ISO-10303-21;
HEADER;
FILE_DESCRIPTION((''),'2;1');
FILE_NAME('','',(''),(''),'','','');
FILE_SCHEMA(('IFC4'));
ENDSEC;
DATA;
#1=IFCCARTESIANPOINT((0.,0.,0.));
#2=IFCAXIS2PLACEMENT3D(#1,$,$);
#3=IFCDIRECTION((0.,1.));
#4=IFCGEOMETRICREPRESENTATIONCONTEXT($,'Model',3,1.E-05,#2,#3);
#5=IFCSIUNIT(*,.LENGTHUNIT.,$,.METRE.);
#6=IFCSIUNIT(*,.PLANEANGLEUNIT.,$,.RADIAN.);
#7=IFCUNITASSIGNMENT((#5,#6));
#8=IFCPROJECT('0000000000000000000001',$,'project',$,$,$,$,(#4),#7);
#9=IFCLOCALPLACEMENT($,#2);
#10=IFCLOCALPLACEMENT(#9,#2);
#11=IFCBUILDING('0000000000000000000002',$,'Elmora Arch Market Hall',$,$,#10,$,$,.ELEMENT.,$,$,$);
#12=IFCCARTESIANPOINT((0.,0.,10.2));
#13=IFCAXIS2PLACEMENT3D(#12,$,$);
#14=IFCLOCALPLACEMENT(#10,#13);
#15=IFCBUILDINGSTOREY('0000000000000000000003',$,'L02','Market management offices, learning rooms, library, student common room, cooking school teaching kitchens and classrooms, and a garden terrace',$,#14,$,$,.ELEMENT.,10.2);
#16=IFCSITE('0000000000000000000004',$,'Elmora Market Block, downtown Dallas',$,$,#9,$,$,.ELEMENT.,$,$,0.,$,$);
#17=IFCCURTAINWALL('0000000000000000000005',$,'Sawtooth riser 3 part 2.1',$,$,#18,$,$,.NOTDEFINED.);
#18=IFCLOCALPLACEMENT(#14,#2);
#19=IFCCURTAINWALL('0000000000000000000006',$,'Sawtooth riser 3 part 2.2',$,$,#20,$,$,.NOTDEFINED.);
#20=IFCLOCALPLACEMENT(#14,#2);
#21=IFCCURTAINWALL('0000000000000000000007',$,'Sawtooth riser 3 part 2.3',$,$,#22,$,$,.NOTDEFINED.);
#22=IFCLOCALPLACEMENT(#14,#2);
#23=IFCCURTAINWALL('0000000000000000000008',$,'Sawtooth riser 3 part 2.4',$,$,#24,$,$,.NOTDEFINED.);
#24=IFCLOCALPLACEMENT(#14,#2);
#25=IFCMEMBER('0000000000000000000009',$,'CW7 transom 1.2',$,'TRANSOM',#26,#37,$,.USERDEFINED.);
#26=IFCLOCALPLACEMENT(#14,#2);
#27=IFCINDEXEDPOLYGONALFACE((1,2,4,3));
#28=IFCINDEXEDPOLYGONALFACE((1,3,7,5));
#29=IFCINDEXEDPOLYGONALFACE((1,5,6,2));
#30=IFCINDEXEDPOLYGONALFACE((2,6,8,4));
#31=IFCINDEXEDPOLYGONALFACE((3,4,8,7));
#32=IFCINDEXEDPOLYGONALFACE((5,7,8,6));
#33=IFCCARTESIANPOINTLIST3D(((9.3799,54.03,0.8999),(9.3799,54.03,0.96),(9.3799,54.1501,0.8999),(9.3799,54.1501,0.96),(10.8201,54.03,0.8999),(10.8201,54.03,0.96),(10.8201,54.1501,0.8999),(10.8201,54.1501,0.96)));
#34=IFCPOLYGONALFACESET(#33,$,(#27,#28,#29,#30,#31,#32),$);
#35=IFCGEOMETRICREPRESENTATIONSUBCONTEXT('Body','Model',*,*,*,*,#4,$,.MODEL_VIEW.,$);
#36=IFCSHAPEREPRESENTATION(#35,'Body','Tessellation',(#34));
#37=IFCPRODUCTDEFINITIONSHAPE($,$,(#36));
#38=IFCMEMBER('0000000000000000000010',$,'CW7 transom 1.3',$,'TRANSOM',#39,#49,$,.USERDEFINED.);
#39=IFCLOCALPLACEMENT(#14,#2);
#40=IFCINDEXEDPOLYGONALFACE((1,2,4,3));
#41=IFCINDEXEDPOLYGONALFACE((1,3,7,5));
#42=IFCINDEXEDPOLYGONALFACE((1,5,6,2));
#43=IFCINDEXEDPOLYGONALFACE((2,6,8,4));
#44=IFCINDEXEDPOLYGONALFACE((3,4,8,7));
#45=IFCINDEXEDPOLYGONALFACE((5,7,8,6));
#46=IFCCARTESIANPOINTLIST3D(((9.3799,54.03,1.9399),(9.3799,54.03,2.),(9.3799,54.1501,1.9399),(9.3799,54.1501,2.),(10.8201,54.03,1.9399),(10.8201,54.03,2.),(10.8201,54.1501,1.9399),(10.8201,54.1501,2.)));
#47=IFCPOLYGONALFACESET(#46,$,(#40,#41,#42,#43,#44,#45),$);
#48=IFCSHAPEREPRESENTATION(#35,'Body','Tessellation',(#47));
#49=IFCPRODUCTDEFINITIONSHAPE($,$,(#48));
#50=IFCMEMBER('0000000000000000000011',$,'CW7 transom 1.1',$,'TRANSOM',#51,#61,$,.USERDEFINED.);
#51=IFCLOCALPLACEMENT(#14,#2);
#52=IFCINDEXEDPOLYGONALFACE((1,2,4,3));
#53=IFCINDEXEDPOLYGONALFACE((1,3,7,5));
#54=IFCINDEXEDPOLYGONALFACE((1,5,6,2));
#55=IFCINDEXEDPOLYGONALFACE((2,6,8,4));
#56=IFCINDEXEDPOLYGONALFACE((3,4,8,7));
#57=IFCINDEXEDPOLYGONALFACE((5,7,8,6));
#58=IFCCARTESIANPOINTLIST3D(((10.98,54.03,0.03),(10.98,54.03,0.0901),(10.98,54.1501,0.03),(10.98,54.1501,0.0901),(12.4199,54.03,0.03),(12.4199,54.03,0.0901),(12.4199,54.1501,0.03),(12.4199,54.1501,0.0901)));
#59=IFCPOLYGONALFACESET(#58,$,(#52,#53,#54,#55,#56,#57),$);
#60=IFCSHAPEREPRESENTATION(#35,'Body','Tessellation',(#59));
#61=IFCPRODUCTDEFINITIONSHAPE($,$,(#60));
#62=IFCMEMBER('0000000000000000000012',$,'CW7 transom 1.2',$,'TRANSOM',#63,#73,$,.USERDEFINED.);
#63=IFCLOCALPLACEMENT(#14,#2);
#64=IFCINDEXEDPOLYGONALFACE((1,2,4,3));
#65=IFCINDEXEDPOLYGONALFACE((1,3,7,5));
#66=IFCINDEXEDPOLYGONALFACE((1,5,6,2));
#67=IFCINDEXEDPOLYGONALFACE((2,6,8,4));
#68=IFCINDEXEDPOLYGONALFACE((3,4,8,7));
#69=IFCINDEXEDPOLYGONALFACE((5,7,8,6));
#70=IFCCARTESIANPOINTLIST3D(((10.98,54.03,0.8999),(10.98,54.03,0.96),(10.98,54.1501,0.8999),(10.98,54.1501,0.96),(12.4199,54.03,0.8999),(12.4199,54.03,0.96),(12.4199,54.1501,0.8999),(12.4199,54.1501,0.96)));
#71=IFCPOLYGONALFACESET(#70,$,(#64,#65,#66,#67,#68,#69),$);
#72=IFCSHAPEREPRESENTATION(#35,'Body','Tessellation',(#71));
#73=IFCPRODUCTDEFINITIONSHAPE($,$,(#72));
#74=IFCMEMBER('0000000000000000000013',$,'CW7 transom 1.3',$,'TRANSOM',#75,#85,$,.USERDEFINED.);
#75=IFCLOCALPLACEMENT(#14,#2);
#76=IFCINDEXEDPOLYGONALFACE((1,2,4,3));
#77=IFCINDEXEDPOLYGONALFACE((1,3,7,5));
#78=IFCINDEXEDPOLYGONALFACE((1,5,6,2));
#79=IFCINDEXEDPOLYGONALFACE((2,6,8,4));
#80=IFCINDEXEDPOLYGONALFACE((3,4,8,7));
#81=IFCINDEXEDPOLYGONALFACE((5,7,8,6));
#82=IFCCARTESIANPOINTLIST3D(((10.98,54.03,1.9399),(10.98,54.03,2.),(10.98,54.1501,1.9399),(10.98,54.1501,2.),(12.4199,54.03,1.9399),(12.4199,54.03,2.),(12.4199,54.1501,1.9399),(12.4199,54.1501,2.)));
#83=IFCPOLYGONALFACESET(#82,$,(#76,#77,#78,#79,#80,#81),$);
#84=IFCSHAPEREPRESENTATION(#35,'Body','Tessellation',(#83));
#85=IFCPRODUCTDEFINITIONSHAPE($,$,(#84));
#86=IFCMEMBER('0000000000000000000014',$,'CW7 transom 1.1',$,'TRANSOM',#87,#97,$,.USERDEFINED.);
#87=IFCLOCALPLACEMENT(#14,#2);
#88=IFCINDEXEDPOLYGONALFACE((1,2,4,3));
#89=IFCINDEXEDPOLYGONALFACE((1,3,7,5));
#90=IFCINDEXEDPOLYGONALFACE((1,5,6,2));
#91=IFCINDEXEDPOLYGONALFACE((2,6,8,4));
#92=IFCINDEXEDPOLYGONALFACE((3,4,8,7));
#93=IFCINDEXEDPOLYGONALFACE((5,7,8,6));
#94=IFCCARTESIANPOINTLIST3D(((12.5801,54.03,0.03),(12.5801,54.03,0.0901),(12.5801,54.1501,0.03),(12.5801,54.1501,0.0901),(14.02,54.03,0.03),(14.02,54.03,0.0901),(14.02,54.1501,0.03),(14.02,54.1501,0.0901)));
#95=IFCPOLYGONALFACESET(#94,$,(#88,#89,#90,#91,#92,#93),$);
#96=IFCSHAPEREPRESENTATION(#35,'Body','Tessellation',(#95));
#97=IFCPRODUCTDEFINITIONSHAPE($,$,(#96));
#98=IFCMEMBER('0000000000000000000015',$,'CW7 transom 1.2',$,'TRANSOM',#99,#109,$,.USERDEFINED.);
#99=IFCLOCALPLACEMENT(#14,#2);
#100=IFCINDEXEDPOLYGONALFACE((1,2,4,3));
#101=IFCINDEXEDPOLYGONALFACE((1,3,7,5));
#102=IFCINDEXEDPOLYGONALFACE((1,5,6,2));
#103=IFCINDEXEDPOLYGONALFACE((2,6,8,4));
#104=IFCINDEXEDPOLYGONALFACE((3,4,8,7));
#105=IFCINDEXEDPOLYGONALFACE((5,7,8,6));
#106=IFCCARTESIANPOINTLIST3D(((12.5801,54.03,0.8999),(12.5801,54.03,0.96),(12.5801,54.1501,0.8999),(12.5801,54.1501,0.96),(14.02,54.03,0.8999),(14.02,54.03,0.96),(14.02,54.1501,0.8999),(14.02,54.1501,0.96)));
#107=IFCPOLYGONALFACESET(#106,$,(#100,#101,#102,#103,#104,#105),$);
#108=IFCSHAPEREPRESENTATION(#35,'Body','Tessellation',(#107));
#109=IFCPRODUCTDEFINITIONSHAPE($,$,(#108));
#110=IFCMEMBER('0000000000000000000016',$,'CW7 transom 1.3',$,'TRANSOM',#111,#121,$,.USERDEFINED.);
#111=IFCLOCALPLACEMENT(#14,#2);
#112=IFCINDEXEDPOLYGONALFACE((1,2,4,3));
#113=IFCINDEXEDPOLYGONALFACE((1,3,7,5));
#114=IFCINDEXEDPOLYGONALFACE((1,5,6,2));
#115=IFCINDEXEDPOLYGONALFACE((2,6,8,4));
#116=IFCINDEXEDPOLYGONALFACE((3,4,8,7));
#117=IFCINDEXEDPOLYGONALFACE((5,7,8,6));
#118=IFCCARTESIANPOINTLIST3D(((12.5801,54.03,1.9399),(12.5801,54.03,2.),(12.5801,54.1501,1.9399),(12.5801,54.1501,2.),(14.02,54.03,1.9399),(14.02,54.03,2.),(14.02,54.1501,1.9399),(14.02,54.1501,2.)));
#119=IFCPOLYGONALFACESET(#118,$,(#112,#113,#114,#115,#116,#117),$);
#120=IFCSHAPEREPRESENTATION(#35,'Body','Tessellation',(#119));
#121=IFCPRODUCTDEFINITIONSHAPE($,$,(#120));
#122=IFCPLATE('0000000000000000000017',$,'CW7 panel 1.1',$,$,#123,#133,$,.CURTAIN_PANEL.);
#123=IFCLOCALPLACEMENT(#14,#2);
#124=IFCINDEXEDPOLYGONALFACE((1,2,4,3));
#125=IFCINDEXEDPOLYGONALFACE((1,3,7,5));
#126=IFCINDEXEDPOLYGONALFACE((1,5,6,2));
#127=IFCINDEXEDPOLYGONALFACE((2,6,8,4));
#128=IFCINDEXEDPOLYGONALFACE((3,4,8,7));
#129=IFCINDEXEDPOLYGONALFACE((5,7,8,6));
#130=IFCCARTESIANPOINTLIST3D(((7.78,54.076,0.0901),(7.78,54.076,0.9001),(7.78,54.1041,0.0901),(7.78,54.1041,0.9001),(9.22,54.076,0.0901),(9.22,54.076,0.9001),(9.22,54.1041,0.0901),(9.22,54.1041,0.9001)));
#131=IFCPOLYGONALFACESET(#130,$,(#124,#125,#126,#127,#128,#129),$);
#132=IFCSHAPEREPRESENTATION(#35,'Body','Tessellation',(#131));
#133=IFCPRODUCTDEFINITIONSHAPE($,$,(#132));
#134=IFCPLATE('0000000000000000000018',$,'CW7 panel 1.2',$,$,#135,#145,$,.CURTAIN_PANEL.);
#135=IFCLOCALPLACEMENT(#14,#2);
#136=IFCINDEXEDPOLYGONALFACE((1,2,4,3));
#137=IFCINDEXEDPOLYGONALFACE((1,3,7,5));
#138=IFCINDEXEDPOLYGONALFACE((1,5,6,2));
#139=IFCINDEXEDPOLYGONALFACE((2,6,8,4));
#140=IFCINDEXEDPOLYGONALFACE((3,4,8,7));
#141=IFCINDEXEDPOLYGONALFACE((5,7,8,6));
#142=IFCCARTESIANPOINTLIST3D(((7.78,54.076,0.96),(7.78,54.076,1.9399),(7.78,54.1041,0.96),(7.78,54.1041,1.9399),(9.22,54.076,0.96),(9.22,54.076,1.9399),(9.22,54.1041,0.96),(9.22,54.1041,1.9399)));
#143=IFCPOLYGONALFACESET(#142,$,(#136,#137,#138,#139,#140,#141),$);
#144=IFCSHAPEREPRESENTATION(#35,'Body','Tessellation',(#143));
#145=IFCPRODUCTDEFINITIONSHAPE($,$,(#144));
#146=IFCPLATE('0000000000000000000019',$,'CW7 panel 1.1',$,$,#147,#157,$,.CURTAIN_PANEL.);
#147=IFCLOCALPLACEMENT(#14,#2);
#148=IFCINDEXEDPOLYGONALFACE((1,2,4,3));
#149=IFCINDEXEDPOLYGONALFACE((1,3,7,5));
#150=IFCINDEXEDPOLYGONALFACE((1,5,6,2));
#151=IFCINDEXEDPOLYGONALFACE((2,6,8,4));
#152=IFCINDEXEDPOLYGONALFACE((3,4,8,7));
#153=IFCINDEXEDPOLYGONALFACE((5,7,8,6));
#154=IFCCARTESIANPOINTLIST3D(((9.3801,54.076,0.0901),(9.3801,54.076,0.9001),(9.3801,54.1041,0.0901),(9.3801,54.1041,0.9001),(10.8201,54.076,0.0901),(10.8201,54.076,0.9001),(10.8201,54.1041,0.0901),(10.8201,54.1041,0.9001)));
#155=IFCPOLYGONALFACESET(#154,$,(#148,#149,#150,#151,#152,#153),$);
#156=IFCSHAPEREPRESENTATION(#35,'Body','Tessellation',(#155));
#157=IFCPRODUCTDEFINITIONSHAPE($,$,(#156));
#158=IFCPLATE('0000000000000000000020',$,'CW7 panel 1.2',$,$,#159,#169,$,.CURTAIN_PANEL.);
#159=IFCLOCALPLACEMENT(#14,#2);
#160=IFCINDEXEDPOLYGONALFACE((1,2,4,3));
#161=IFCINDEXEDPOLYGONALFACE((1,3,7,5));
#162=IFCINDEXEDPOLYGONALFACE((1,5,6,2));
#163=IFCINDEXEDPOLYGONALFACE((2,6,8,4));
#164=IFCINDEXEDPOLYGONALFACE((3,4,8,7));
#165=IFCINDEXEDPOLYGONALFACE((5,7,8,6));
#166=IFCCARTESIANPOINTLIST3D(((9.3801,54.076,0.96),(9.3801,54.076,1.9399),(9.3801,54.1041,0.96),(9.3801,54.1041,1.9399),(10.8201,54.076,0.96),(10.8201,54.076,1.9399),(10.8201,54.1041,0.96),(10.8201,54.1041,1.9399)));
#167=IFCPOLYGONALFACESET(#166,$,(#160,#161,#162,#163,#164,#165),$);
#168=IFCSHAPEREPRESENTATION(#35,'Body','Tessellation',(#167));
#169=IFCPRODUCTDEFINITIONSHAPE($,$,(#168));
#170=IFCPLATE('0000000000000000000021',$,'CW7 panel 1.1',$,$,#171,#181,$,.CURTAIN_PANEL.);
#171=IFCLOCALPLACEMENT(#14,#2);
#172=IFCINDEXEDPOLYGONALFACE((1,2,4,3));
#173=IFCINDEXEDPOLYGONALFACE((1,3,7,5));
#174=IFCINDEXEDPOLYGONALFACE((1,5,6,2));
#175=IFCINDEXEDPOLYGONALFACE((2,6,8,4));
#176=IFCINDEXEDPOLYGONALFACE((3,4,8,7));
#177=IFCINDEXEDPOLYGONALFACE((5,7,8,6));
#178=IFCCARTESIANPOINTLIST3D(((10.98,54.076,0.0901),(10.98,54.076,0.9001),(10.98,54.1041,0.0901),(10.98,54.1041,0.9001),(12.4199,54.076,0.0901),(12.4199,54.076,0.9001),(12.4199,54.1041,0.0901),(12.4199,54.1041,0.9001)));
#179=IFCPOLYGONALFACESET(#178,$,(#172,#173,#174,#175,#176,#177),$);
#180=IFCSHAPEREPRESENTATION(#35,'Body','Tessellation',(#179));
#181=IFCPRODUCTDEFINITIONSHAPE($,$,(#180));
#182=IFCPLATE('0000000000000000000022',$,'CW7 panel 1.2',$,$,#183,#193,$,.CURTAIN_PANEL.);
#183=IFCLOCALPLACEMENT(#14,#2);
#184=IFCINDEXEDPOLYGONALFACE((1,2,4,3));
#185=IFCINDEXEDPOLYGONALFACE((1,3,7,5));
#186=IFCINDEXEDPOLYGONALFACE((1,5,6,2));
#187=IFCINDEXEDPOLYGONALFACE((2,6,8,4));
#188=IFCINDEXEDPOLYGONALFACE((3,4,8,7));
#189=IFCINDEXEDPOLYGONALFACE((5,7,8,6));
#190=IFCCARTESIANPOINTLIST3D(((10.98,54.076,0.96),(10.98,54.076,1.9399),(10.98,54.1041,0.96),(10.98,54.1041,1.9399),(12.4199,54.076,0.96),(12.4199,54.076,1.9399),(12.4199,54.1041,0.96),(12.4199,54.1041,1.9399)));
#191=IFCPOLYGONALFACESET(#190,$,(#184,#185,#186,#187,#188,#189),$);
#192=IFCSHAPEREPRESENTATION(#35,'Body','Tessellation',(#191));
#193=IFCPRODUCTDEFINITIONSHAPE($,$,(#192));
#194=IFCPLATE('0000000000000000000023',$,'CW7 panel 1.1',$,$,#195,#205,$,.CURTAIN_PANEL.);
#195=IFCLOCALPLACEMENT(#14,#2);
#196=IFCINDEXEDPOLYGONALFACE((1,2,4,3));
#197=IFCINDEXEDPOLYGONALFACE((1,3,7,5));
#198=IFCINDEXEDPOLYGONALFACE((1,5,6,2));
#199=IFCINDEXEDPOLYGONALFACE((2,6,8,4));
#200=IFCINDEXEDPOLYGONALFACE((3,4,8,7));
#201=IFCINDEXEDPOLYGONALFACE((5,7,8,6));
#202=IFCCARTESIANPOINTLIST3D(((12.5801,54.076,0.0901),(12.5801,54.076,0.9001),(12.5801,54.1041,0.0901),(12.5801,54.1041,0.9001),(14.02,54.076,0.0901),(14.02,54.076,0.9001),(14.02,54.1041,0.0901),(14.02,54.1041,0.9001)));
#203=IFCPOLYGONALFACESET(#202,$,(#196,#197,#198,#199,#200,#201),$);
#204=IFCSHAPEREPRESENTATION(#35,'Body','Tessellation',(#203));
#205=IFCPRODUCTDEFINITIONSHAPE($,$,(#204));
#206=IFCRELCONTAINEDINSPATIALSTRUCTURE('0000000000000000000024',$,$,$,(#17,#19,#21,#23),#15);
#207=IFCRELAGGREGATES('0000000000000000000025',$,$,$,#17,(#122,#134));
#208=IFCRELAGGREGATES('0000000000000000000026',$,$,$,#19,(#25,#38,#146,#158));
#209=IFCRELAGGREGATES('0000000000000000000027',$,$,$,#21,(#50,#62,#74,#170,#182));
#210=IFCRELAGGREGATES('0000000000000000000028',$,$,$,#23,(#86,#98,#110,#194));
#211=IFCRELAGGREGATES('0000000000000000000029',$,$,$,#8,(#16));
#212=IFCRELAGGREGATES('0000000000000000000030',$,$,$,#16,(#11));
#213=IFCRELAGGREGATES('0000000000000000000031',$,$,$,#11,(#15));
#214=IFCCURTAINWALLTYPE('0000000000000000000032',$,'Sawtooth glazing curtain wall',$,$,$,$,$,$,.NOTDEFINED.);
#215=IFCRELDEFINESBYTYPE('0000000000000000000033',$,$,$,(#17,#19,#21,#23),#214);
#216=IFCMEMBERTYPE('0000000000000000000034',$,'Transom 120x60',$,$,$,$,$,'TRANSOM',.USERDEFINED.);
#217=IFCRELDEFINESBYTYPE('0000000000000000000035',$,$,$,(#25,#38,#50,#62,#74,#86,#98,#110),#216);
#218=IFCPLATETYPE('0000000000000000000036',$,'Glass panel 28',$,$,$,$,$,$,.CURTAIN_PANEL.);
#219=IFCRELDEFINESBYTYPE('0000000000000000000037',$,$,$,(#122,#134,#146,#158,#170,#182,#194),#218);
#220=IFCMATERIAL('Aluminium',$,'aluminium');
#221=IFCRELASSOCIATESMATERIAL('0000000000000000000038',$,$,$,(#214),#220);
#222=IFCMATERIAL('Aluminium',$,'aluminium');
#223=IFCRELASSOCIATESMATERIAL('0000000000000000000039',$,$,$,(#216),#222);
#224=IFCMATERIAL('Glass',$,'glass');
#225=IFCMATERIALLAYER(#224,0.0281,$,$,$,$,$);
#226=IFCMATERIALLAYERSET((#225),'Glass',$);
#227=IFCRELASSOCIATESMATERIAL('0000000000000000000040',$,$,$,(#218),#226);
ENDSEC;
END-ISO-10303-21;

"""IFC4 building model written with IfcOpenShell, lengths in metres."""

from ifc_helpers import new_model, si_unit, direction, frame, origin, origin_2d, place, context, subcontext, project, spatial, rectangle, extrude, material, layer, layer_set, material_profile, profile_set, type_object, element, aggregate, save


model = new_model("IFC4")

# Units and contexts
model_context = context("Model", 3, precision=1e-05, world=origin(), true_north=direction((0.0, 1.0)))
body_context = subcontext(model_context, "Body", "Model", "MODEL_VIEW")
ifc_project = project(units=[si_unit("LENGTHUNIT", "METRE"), si_unit("PLANEANGLEUNIT", "RADIAN")], contexts=[model_context])

# Site, building, storey
site_placement = place(None, origin())
site = spatial("IfcSite", under=ifc_project, at=site_placement, Name="Elmora Market Block, downtown Dallas", CompositionType="ELEMENT", RefElevation=0.0)
building_placement = place(site_placement, origin())
building = spatial("IfcBuilding", under=site, at=building_placement, Name="Elmora Arch Market Hall", CompositionType="ELEMENT")
storey_placement = place(building_placement, frame((0.0, 0.0, 10.2)))
storey = spatial("IfcBuildingStorey", under=building, at=storey_placement, Name="L02", Description="Market management offices, learning rooms, library, student common room, cooking school teaching kitchens and classrooms, and a garden terrace", CompositionType="ELEMENT", Elevation=10.2)

# Curtain wall
ifc_material_1 = material(Name="Aluminium", Category="aluminium")
curtain_wall_type_1 = type_object("IfcCurtainWallType", Name="Sawtooth glazing curtain wall", PredefinedType="NOTDEFINED", material=ifc_material_1)
curtain_wall_1_placement = place(storey_placement, origin())
curtain_wall_1 = element("IfcCurtainWall", 1, at=curtain_wall_1_placement, inside=storey, type_object=curtain_wall_type_1, Name="Sawtooth riser 3 part 2.1", PredefinedType="NOTDEFINED")

# Curtain walls
curtain_wall_2_placement = place(storey_placement, origin())
curtain_wall_2 = element("IfcCurtainWall", 2, at=curtain_wall_2_placement, inside=storey, type_object=curtain_wall_type_1, Name="Sawtooth riser 3 part 2.2", PredefinedType="NOTDEFINED")
curtain_wall_3_placement = place(storey_placement, origin())
curtain_wall_3 = element("IfcCurtainWall", 3, at=curtain_wall_3_placement, inside=storey, type_object=curtain_wall_type_1, Name="Sawtooth riser 3 part 2.3", PredefinedType="NOTDEFINED")
curtain_wall_4_placement = place(storey_placement, origin())
curtain_wall_4 = element("IfcCurtainWall", 4, at=curtain_wall_4_placement, inside=storey, type_object=curtain_wall_type_1, Name="Sawtooth riser 3 part 2.4", PredefinedType="NOTDEFINED")

# Members
ifc_material_2 = material(Name="Aluminium", Category="aluminium")
ifc_material_profile_1 = material_profile(ifc_material_2, rectangle(XDim=0.1201, YDim=0.0601, at=origin_2d()), Name="AL 120x60")
ifc_profile_set_1 = profile_set([ifc_material_profile_1], Name="Aluminium")
member_type_1 = type_object("IfcMemberType", Name="Transom 120x60", ElementType="TRANSOM", PredefinedType="USERDEFINED", material=ifc_profile_set_1)
member_1_placement = place(storey_placement, frame((9.3799, 54.0901, 0.9299), z_axis=(1.0, 0.0, 0.0), x_axis=(0.0, 1.0, 0.0)))
member_1 = element("IfcMember", 5, at=member_1_placement, type_object=member_type_1, Name="CW7 transom 1.2", ObjectType="TRANSOM", PredefinedType="USERDEFINED", context=body_context, shape_type="SweptSolid", body=[
    extrude(rectangle(XDim=0.1201, YDim=0.0601, at=origin_2d()), origin(), (0.0, 0.0, 1.0), 1.4402),
])
member_2_placement = place(storey_placement, frame((9.3799, 54.0901, 1.97), z_axis=(1.0, 0.0, 0.0), x_axis=(0.0, 1.0, 0.0)))
member_2 = element("IfcMember", 6, at=member_2_placement, type_object=member_type_1, Name="CW7 transom 1.3", ObjectType="TRANSOM", PredefinedType="USERDEFINED", context=body_context, shape_type="SweptSolid", body=[
    extrude(rectangle(XDim=0.1201, YDim=0.0601, at=origin_2d()), origin(), (0.0, 0.0, 1.0), 1.4402),
])
member_3_placement = place(storey_placement, frame((10.98, 54.0901, 0.0601), z_axis=(1.0, 0.0, 0.0), x_axis=(0.0, 1.0, 0.0)))
member_3 = element("IfcMember", 7, at=member_3_placement, type_object=member_type_1, Name="CW7 transom 1.1", ObjectType="TRANSOM", PredefinedType="USERDEFINED", context=body_context, shape_type="SweptSolid", body=[
    extrude(rectangle(XDim=0.1201, YDim=0.0601, at=origin_2d()), origin(), (0.0, 0.0, 1.0), 1.4399),
])
member_4_placement = place(storey_placement, frame((10.98, 54.0901, 0.9299), z_axis=(1.0, 0.0, 0.0), x_axis=(0.0, 1.0, 0.0)))
member_4 = element("IfcMember", 8, at=member_4_placement, type_object=member_type_1, Name="CW7 transom 1.2", ObjectType="TRANSOM", PredefinedType="USERDEFINED", context=body_context, shape_type="SweptSolid", body=[
    extrude(rectangle(XDim=0.1201, YDim=0.0601, at=origin_2d()), origin(), (0.0, 0.0, 1.0), 1.4399),
])
member_5_placement = place(storey_placement, frame((10.98, 54.0901, 1.97), z_axis=(1.0, 0.0, 0.0), x_axis=(0.0, 1.0, 0.0)))
member_5 = element("IfcMember", 9, at=member_5_placement, type_object=member_type_1, Name="CW7 transom 1.3", ObjectType="TRANSOM", PredefinedType="USERDEFINED", context=body_context, shape_type="SweptSolid", body=[
    extrude(rectangle(XDim=0.1201, YDim=0.0601, at=origin_2d()), origin(), (0.0, 0.0, 1.0), 1.4399),
])
member_6_placement = place(storey_placement, frame((12.5801, 54.0901, 0.0601), z_axis=(1.0, 0.0, 0.0), x_axis=(0.0, 1.0, 0.0)))
member_6 = element("IfcMember", 10, at=member_6_placement, type_object=member_type_1, Name="CW7 transom 1.1", ObjectType="TRANSOM", PredefinedType="USERDEFINED", context=body_context, shape_type="SweptSolid", body=[
    extrude(rectangle(XDim=0.1201, YDim=0.0601, at=origin_2d()), origin(), (0.0, 0.0, 1.0), 1.4399),
])
member_7_placement = place(storey_placement, frame((12.5801, 54.0901, 0.9299), z_axis=(1.0, 0.0, 0.0), x_axis=(0.0, 1.0, 0.0)))
member_7 = element("IfcMember", 11, at=member_7_placement, type_object=member_type_1, Name="CW7 transom 1.2", ObjectType="TRANSOM", PredefinedType="USERDEFINED", context=body_context, shape_type="SweptSolid", body=[
    extrude(rectangle(XDim=0.1201, YDim=0.0601, at=origin_2d()), origin(), (0.0, 0.0, 1.0), 1.4399),
])
member_8_placement = place(storey_placement, frame((12.5801, 54.0901, 1.97), z_axis=(1.0, 0.0, 0.0), x_axis=(0.0, 1.0, 0.0)))
member_8 = element("IfcMember", 12, at=member_8_placement, type_object=member_type_1, Name="CW7 transom 1.3", ObjectType="TRANSOM", PredefinedType="USERDEFINED", context=body_context, shape_type="SweptSolid", body=[
    extrude(rectangle(XDim=0.1201, YDim=0.0601, at=origin_2d()), origin(), (0.0, 0.0, 1.0), 1.4399),
])

# Plates
ifc_material_3 = material(Name="Glass", Category="glass")
ifc_layer_1 = layer(ifc_material_3, 0.0281)
ifc_layer_set_1 = layer_set([ifc_layer_1], Name="Glass")
plate_type = type_object("IfcPlateType", Name="Glass panel 28", PredefinedType="CURTAIN_PANEL", material=ifc_layer_set_1)
plate_1_placement = place(storey_placement, frame((8.5, 54.0901, 0.0901), z_axis=(0.0, 0.0, 1.0), x_axis=(1.0, 0.0, 0.0)))
plate_1 = element("IfcPlate", 13, at=plate_1_placement, type_object=plate_type, Name="CW7 panel 1.1", PredefinedType="CURTAIN_PANEL", context=body_context, shape_type="SweptSolid", body=[
    extrude(rectangle(XDim=1.4399, YDim=0.0281, at=origin_2d()), origin(), (0.0, 0.0, 1.0), 0.8101),
])
plate_2_placement = place(storey_placement, frame((8.5, 54.0901, 0.96), z_axis=(0.0, 0.0, 1.0), x_axis=(1.0, 0.0, 0.0)))
plate_2 = element("IfcPlate", 14, at=plate_2_placement, type_object=plate_type, Name="CW7 panel 1.2", PredefinedType="CURTAIN_PANEL", context=body_context, shape_type="SweptSolid", body=[
    extrude(rectangle(XDim=1.4399, YDim=0.0281, at=origin_2d()), origin(), (0.0, 0.0, 1.0), 0.98),
])
aggregate(curtain_wall_1, [plate_1, plate_2])
plate_3_placement = place(storey_placement, frame((10.1001, 54.0901, 0.0901), z_axis=(0.0, 0.0, 1.0), x_axis=(1.0, 0.0, 0.0)))
plate_3 = element("IfcPlate", 15, at=plate_3_placement, type_object=plate_type, Name="CW7 panel 1.1", PredefinedType="CURTAIN_PANEL", context=body_context, shape_type="SweptSolid", body=[
    extrude(rectangle(XDim=1.4399, YDim=0.0281, at=origin_2d()), origin(), (0.0, 0.0, 1.0), 0.8101),
])
plate_4_placement = place(storey_placement, frame((10.1001, 54.0901, 0.96), z_axis=(0.0, 0.0, 1.0), x_axis=(1.0, 0.0, 0.0)))
plate_4 = element("IfcPlate", 16, at=plate_4_placement, type_object=plate_type, Name="CW7 panel 1.2", PredefinedType="CURTAIN_PANEL", context=body_context, shape_type="SweptSolid", body=[
    extrude(rectangle(XDim=1.4399, YDim=0.0281, at=origin_2d()), origin(), (0.0, 0.0, 1.0), 0.98),
])
aggregate(curtain_wall_2, [member_1, member_2, plate_3, plate_4])
plate_5_placement = place(storey_placement, frame((11.7, 54.0901, 0.0901), z_axis=(0.0, 0.0, 1.0), x_axis=(1.0, 0.0, 0.0)))
plate_5 = element("IfcPlate", 17, at=plate_5_placement, type_object=plate_type, Name="CW7 panel 1.1", PredefinedType="CURTAIN_PANEL", context=body_context, shape_type="SweptSolid", body=[
    extrude(rectangle(XDim=1.4399, YDim=0.0281, at=origin_2d()), origin(), (0.0, 0.0, 1.0), 0.8101),
])
plate_6_placement = place(storey_placement, frame((11.7, 54.0901, 0.96), z_axis=(0.0, 0.0, 1.0), x_axis=(1.0, 0.0, 0.0)))
plate_6 = element("IfcPlate", 18, at=plate_6_placement, type_object=plate_type, Name="CW7 panel 1.2", PredefinedType="CURTAIN_PANEL", context=body_context, shape_type="SweptSolid", body=[
    extrude(rectangle(XDim=1.4399, YDim=0.0281, at=origin_2d()), origin(), (0.0, 0.0, 1.0), 0.98),
])
aggregate(curtain_wall_3, [member_3, member_4, member_5, plate_5, plate_6])
plate_7_placement = place(storey_placement, frame((13.3, 54.0901, 0.0901), z_axis=(0.0, 0.0, 1.0), x_axis=(1.0, 0.0, 0.0)))
plate_7 = element("IfcPlate", 19, at=plate_7_placement, type_object=plate_type, Name="CW7 panel 1.1", PredefinedType="CURTAIN_PANEL", context=body_context, shape_type="SweptSolid", body=[
    extrude(rectangle(XDim=1.4399, YDim=0.0281, at=origin_2d()), origin(), (0.0, 0.0, 1.0), 0.8101),
])
aggregate(curtain_wall_4, [member_6, member_7, member_8, plate_7])

save(model, "model.ifc")
